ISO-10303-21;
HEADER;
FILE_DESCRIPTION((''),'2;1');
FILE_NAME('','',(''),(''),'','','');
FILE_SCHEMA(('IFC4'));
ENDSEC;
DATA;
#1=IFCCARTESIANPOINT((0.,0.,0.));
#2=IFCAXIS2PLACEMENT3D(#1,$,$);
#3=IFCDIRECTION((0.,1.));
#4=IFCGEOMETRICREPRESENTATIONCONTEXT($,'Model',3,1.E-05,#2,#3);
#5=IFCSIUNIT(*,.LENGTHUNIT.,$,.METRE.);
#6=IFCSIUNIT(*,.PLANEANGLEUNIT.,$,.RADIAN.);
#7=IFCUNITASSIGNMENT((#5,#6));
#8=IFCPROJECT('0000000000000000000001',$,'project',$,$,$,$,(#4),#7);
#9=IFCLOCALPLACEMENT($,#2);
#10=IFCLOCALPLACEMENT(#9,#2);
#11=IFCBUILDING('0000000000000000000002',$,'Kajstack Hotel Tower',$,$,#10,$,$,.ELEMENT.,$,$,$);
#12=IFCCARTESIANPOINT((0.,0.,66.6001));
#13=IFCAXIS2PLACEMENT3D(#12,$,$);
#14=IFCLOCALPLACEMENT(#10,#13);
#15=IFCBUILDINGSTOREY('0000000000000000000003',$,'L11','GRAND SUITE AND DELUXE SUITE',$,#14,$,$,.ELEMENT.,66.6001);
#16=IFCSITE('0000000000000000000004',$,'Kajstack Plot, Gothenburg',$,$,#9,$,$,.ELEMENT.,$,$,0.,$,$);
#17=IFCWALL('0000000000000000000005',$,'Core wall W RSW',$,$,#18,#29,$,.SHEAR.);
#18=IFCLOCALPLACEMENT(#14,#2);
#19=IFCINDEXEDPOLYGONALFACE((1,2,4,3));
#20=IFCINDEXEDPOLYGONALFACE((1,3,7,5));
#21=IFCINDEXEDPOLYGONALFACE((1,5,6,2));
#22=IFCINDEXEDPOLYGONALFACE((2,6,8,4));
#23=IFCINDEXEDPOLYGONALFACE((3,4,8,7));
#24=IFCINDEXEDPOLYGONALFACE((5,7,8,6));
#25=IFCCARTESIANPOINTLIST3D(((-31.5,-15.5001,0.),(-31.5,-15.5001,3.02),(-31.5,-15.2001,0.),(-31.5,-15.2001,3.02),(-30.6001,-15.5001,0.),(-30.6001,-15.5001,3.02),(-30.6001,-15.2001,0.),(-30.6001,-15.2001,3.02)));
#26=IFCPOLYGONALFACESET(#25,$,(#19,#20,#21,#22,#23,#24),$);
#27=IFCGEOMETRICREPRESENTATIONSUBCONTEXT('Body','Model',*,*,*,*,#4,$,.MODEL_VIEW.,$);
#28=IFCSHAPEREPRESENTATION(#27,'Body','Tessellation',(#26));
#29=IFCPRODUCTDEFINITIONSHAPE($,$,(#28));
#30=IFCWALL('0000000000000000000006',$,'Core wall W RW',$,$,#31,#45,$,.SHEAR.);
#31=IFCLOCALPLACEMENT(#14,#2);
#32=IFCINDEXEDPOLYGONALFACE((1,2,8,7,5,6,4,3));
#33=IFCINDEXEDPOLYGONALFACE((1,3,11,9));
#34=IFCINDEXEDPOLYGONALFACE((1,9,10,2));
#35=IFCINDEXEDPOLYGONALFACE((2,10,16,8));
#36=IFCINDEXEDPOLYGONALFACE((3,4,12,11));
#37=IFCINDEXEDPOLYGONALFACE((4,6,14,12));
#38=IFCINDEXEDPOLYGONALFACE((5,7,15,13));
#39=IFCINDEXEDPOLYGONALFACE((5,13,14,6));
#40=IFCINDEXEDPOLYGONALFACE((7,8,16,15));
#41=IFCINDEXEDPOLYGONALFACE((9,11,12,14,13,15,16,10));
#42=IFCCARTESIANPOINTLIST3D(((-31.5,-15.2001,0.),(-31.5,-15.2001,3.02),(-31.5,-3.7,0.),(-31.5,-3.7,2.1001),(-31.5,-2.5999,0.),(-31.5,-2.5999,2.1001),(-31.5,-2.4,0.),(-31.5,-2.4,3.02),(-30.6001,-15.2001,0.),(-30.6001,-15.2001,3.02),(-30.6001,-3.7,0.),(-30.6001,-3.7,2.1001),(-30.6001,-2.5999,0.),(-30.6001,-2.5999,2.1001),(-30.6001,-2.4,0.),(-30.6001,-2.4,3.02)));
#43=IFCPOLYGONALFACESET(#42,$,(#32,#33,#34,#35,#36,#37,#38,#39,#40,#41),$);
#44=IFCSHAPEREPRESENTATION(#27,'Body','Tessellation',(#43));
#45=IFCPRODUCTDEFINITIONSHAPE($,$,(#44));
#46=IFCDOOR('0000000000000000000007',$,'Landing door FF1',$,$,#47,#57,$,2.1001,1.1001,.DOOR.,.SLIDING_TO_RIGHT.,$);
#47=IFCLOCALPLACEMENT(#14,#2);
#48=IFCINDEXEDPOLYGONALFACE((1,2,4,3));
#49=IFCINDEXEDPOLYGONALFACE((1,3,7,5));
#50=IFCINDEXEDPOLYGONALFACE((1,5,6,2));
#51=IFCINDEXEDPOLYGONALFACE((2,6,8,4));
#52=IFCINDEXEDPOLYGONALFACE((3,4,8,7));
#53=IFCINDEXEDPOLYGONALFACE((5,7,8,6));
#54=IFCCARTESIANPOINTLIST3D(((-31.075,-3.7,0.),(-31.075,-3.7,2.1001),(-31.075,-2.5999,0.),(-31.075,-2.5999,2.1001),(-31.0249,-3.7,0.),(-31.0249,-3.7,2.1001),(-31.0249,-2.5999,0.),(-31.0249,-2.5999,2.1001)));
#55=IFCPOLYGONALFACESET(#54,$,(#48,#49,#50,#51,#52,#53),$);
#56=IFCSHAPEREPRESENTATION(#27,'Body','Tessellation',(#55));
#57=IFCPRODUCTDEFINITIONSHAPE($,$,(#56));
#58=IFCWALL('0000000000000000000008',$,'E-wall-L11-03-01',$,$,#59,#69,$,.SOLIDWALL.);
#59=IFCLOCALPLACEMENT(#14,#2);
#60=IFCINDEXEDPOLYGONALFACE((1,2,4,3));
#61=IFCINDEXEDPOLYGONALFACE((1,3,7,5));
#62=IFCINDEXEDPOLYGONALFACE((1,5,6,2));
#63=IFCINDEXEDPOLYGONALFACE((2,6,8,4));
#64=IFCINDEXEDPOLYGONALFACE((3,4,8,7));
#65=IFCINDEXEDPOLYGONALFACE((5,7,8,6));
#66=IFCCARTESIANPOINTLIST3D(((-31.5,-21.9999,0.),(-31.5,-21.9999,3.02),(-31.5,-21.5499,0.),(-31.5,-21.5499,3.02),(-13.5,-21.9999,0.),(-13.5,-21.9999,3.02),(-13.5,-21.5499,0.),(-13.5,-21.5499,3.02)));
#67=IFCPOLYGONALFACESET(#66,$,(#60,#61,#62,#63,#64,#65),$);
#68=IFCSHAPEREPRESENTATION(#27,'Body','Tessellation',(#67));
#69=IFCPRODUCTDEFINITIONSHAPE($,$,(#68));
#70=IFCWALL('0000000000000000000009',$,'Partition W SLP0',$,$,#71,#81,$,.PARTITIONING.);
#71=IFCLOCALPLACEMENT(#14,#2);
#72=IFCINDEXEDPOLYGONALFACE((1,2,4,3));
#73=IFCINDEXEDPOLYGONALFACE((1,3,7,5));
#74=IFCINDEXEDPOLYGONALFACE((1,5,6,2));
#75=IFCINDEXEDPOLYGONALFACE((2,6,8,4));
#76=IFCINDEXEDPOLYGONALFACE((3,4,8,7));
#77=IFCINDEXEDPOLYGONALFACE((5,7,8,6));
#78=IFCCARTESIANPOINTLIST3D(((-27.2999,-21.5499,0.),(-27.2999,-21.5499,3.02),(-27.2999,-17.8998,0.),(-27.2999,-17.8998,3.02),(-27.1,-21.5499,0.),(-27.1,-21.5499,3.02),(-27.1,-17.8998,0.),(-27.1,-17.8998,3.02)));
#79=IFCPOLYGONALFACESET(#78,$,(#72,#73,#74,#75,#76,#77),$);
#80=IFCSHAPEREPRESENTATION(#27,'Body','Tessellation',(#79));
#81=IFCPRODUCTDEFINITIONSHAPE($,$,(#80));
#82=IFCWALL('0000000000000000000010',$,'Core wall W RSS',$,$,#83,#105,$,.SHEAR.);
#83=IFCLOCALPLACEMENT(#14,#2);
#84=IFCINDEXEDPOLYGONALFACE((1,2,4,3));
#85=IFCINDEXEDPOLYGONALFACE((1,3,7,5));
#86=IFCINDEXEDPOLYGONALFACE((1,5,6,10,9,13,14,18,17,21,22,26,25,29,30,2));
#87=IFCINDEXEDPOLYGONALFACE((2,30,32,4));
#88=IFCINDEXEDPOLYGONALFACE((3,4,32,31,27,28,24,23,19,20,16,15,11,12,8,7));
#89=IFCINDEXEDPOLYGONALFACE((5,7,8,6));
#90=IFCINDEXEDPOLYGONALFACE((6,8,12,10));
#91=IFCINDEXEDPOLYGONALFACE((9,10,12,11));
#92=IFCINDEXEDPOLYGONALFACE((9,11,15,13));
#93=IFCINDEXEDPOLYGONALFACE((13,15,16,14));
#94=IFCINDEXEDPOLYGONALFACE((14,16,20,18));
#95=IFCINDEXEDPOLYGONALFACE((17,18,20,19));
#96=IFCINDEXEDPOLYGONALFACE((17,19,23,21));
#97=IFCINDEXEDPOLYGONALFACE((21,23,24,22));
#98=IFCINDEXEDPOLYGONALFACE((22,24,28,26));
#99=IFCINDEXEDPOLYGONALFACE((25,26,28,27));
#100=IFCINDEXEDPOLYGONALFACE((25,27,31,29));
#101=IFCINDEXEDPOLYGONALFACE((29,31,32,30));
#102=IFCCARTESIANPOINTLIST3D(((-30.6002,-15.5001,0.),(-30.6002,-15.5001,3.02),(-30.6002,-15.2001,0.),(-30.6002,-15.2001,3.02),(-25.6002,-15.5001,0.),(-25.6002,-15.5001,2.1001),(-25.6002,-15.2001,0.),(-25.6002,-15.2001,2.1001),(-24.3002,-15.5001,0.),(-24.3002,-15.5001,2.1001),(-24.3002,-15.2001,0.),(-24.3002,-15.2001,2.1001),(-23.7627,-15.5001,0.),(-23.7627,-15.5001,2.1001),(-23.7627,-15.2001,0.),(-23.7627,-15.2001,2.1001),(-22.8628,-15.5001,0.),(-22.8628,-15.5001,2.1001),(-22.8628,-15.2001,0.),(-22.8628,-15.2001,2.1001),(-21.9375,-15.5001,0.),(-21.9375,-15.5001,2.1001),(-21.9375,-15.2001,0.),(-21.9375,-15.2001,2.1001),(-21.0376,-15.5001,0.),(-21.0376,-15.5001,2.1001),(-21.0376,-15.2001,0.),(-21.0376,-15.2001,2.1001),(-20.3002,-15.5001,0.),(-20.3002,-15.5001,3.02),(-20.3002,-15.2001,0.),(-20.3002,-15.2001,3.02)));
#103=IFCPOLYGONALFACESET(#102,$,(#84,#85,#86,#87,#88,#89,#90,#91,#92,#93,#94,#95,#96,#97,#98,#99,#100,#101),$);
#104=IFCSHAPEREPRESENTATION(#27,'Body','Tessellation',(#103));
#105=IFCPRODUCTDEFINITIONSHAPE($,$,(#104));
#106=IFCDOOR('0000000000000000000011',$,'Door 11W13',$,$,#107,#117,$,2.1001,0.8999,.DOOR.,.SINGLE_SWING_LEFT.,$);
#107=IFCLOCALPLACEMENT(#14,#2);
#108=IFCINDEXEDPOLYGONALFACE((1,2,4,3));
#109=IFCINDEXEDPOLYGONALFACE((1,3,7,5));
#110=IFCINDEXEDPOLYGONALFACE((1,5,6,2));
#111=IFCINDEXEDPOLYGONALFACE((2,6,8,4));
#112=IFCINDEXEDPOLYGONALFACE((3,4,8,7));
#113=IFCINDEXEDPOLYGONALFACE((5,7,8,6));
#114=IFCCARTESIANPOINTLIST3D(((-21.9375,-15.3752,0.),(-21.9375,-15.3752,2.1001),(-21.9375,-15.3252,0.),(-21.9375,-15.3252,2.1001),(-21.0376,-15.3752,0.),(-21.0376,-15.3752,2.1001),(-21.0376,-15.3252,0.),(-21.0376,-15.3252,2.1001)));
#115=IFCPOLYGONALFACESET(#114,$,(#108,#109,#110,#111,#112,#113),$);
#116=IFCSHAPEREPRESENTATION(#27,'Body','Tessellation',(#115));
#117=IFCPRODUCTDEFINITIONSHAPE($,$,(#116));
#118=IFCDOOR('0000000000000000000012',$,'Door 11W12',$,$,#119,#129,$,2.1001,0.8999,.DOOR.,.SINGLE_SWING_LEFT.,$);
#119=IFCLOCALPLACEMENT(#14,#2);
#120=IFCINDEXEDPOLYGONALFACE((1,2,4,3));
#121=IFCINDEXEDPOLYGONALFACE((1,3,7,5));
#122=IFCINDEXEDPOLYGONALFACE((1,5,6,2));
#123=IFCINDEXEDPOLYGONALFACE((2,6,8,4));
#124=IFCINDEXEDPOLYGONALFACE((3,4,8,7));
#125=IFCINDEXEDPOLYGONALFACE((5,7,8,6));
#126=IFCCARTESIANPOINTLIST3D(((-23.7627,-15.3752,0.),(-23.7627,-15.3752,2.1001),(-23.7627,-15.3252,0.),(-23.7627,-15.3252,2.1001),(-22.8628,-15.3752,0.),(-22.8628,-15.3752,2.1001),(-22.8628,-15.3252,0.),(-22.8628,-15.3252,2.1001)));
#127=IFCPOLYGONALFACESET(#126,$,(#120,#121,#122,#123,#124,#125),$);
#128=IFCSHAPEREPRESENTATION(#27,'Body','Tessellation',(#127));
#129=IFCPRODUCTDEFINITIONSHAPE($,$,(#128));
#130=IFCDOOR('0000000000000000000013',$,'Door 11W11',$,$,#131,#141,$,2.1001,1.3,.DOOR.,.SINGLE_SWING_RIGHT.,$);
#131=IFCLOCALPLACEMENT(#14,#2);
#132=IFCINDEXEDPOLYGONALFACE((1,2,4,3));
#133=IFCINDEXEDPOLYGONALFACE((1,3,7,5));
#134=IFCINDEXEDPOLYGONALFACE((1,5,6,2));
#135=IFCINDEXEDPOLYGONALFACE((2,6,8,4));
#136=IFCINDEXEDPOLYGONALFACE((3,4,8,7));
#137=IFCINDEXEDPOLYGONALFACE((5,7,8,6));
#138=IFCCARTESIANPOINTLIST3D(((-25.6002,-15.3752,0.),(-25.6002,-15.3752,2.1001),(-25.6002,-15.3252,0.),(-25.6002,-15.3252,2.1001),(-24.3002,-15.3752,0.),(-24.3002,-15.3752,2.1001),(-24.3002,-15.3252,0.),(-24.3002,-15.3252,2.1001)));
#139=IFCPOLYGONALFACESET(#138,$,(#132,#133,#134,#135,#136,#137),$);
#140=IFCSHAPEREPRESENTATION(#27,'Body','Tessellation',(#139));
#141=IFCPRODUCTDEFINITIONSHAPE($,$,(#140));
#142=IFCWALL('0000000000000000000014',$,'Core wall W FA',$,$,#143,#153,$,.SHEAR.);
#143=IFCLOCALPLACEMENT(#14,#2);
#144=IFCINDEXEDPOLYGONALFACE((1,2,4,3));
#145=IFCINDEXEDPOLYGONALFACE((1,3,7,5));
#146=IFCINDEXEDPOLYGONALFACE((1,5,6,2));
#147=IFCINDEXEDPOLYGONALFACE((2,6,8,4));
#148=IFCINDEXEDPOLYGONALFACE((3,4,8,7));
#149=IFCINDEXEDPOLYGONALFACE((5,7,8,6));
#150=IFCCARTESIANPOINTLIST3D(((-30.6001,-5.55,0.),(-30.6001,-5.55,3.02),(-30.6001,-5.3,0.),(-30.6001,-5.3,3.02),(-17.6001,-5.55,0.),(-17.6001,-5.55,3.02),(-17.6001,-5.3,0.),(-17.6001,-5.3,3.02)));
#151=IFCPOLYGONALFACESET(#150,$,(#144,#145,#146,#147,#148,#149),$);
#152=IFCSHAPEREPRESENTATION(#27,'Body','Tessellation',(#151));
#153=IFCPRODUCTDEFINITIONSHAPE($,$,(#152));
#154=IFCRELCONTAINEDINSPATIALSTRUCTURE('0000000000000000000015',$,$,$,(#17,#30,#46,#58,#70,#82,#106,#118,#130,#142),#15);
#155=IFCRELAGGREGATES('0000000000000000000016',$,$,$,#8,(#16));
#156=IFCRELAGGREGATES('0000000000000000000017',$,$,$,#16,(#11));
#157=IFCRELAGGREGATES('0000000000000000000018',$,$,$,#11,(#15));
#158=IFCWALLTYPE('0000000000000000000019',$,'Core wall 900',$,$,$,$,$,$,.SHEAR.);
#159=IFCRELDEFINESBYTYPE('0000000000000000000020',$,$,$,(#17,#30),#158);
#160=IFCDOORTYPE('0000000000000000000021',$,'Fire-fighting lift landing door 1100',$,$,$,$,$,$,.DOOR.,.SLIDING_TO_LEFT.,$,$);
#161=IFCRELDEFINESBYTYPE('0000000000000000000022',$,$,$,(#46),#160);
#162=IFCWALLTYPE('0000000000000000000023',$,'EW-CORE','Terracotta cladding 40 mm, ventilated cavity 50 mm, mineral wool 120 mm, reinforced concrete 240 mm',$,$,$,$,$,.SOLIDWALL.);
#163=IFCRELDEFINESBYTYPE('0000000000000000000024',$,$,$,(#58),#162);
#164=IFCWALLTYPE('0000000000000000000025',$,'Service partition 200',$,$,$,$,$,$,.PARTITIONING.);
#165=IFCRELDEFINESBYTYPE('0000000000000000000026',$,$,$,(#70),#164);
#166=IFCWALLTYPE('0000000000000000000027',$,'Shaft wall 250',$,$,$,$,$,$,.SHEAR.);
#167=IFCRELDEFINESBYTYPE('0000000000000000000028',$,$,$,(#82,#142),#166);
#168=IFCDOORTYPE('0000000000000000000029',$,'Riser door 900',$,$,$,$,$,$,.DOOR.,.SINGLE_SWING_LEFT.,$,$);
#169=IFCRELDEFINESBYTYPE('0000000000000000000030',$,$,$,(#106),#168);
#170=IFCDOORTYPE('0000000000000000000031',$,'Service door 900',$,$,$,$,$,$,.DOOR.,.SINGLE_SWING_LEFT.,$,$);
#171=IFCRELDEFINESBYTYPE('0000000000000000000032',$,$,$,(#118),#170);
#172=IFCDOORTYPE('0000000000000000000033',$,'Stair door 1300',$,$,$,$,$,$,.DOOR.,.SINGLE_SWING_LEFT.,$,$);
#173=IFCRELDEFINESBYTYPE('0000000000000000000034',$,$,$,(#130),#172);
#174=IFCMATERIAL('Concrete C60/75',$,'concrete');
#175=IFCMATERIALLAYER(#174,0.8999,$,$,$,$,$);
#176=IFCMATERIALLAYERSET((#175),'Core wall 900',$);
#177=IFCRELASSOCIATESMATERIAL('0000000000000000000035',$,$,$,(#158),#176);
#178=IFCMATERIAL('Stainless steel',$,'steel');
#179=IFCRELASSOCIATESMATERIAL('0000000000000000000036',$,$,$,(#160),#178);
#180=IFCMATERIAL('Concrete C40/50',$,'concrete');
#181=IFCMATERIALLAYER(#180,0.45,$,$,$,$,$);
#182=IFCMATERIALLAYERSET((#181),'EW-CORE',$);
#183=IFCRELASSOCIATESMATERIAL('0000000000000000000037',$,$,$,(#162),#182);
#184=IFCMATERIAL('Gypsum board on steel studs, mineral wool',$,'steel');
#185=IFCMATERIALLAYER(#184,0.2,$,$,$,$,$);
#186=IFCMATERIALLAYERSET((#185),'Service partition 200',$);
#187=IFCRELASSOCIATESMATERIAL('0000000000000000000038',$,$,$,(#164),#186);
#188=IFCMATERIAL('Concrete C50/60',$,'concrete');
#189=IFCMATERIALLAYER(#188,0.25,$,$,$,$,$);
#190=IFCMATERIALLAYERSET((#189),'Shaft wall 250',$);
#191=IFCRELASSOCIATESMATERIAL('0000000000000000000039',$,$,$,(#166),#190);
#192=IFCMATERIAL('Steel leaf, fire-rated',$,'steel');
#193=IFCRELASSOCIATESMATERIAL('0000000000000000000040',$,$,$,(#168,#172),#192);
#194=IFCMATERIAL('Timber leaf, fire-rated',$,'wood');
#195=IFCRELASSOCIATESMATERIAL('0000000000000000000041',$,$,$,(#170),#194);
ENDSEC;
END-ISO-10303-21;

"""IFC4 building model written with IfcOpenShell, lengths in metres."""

from ifc_helpers import new_model, si_unit, direction, frame, frame_2d, origin, place, context, subcontext, project, spatial, rectangle, extrude, material, layer, layer_set, type_object, element, fill, save


model = new_model("IFC4")

# Units and contexts
model_context = context("Model", 3, precision=1e-05, world=origin(), true_north=direction((0.0, 1.0)))
body_context = subcontext(model_context, "Body", "Model", "MODEL_VIEW")
ifc_project = project(units=[si_unit("LENGTHUNIT", "METRE"), si_unit("PLANEANGLEUNIT", "RADIAN")], contexts=[model_context])

# Site, building, storey
site_placement = place(None, origin())
site = spatial("IfcSite", under=ifc_project, at=site_placement, Name="Kajstack Plot, Gothenburg", CompositionType="ELEMENT", RefElevation=0.0)
building_placement = place(site_placement, origin())
building = spatial("IfcBuilding", under=site, at=building_placement, Name="Kajstack Hotel Tower", CompositionType="ELEMENT")
storey_placement = place(building_placement, frame((0.0, 0.0, 66.6001)))
storey = spatial("IfcBuildingStorey", under=building, at=storey_placement, Name="L11", Description="GRAND SUITE AND DELUXE SUITE", CompositionType="ELEMENT", Elevation=66.6001)

# Wall
ifc_material_1 = material(Name="Concrete C60/75", Category="concrete")
ifc_layer_1 = layer(ifc_material_1, 0.8999)
ifc_layer_set_1 = layer_set([ifc_layer_1], Name="Core wall 900")
wall_type_1 = type_object("IfcWallType", Name="Core wall 900", PredefinedType="SHEAR", material=ifc_layer_set_1)
wall_1_placement = place(storey_placement, frame((-31.5, -15.3501, 0.0), z_axis=(0.0, 0.0, 1.0), x_axis=(1.0, 0.0, 0.0)))
element("IfcWall", 1, at=wall_1_placement, inside=storey, type_object=wall_type_1, Name="Core wall W RSW", PredefinedType="SHEAR", context=body_context, shape_type="SweptSolid", body=[
    extrude(rectangle(XDim=0.8999, YDim=0.3, at=frame_2d((0.45, 0.0))), origin(), (0.0, 0.0, 1.0), 3.02),
])

# Wall, opening, door
wall_2_placement = place(storey_placement, frame((-31.05, -15.2, 0.0), z_axis=(0.0, 0.0, 1.0), x_axis=(0.0, 1.0, 0.0)))
wall_2 = element("IfcWall", 2, at=wall_2_placement, inside=storey, type_object=wall_type_1, Name="Core wall W RW", PredefinedType="SHEAR", context=body_context, shape_type="SweptSolid", body=[
    extrude(rectangle(XDim=12.8, YDim=0.8999, at=frame_2d((6.3999, 0.0))), origin(), (0.0, 0.0, 1.0), 3.02),
])
opening_1_placement = place(wall_2_placement, frame((11.5, 0.0, 0.0)))
opening_1 = element("IfcOpeningElement", 3, at=opening_1_placement, cuts=wall_2, PredefinedType="OPENING", context=body_context, shape_type="SweptSolid", body=[
    extrude(rectangle(XDim=1.1001, YDim=2.1001, at=frame_2d((0.55, 1.05))), frame((0.0, 0.46, 0.0), z_axis=(0.0, -1.0, 0.0), x_axis=(1.0, 0.0, 0.0)), (0.0, 0.0, 1.0), 0.9199),
])
ifc_material_2 = material(Name="Stainless steel", Category="steel")
door_type_1 = type_object("IfcDoorType", Name="Fire-fighting lift landing door 1100", OperationType="SLIDING_TO_LEFT", PredefinedType="DOOR", material=ifc_material_2)
door_1_placement = place(opening_1_placement, origin())
door_1 = element("IfcDoor", 4, at=door_1_placement, inside=storey, type_object=door_type_1, Name="Landing door FF1", OperationType="SLIDING_TO_RIGHT", OverallHeight=2.1001, OverallWidth=1.1001, PredefinedType="DOOR", context=body_context, shape_type="SweptSolid", body=[
    extrude(rectangle(XDim=1.1001, YDim=2.1001, at=frame_2d((0.55, 1.05))), frame((0.0, 0.0249, 0.0), z_axis=(0.0, -1.0, 0.0), x_axis=(1.0, 0.0, 0.0)), (0.0, 0.0, 1.0), 0.05),
])
fill(opening_1, door_1)

# Walls
ifc_material_3 = material(Name="Concrete C40/50", Category="concrete")
ifc_layer_2 = layer(ifc_material_3, 0.45)
ifc_layer_set_2 = layer_set([ifc_layer_2], Name="EW-CORE")
wall_type_2 = type_object("IfcWallType", Name="EW-CORE", Description="Terracotta cladding 40 mm, ventilated cavity 50 mm, mineral wool 120 mm, reinforced concrete 240 mm", PredefinedType="SOLIDWALL", material=ifc_layer_set_2)
wall_3_placement = place(storey_placement, frame((-31.5, -21.7749, 0.0), z_axis=(0.0, 0.0, 1.0), x_axis=(1.0, 0.0, 0.0)))
element("IfcWall", 5, at=wall_3_placement, inside=storey, type_object=wall_type_2, Name="E-wall-L11-03-01", PredefinedType="SOLIDWALL", context=body_context, shape_type="SweptSolid", body=[
    extrude(rectangle(XDim=18.0, YDim=0.45, at=frame_2d((9.0, 0.0))), origin(), (0.0, 0.0, 1.0), 3.02),
])
ifc_material_4 = material(Name="Gypsum board on steel studs, mineral wool", Category="steel")
ifc_layer_3 = layer(ifc_material_4, 0.2)
ifc_layer_set_3 = layer_set([ifc_layer_3], Name="Service partition 200")
wall_type_3 = type_object("IfcWallType", Name="Service partition 200", PredefinedType="PARTITIONING", material=ifc_layer_set_3)
wall_4_placement = place(storey_placement, frame((-27.2, -21.55, 0.0), z_axis=(0.0, 0.0, 1.0), x_axis=(0.0, 1.0, 0.0)))
element("IfcWall", 6, at=wall_4_placement, inside=storey, type_object=wall_type_3, Name="Partition W SLP0", PredefinedType="PARTITIONING", context=body_context, shape_type="SweptSolid", body=[
    extrude(rectangle(XDim=3.6501, YDim=0.2, at=frame_2d((1.8252, 0.0))), origin(), (0.0, 0.0, 1.0), 3.02),
])

# Wall, openings, doors
ifc_material_5 = material(Name="Concrete C50/60", Category="concrete")
ifc_layer_4 = layer(ifc_material_5, 0.25)
ifc_layer_set_4 = layer_set([ifc_layer_4], Name="Shaft wall 250")
wall_type_4 = type_object("IfcWallType", Name="Shaft wall 250", PredefinedType="SHEAR", material=ifc_layer_set_4)
wall_5_placement = place(storey_placement, frame((-30.6001, -15.3501, 0.0), z_axis=(0.0, 0.0, 1.0), x_axis=(1.0, 0.0, 0.0)))
wall_5 = element("IfcWall", 7, at=wall_5_placement, inside=storey, type_object=wall_type_4, Name="Core wall W RSS", PredefinedType="SHEAR", context=body_context, shape_type="SweptSolid", body=[
    extrude(rectangle(XDim=10.3, YDim=0.3, at=frame_2d((5.1499, 0.0))), origin(), (0.0, 0.0, 1.0), 3.02),
])
opening_2_placement = place(wall_5_placement, frame((5.0, 0.0, 0.0)))
opening_2 = element("IfcOpeningElement", 8, at=opening_2_placement, cuts=wall_5, PredefinedType="OPENING", context=body_context, shape_type="SweptSolid", body=[
    extrude(rectangle(XDim=1.3, YDim=2.1001, at=frame_2d((0.6499, 1.05))), frame((0.0, 0.1599, 0.0), z_axis=(0.0, -1.0, 0.0), x_axis=(1.0, 0.0, 0.0)), (0.0, 0.0, 1.0), 0.3201),
])
opening_3_placement = place(wall_5_placement, frame((6.8374, 0.0, 0.0)))
opening_3 = element("IfcOpeningElement", 9, at=opening_3_placement, cuts=wall_5, PredefinedType="OPENING", context=body_context, shape_type="SweptSolid", body=[
    extrude(rectangle(XDim=0.8999, YDim=2.1001, at=frame_2d((0.45, 1.05))), frame((0.0, 0.1599, 0.0), z_axis=(0.0, -1.0, 0.0), x_axis=(1.0, 0.0, 0.0)), (0.0, 0.0, 1.0), 0.3201),
])
opening_4_placement = place(wall_5_placement, frame((8.6626, 0.0, 0.0)))
opening_4 = element("IfcOpeningElement", 10, at=opening_4_placement, cuts=wall_5, PredefinedType="OPENING", context=body_context, shape_type="SweptSolid", body=[
    extrude(rectangle(XDim=0.8999, YDim=2.1001, at=frame_2d((0.45, 1.05))), frame((0.0, 0.1599, 0.0), z_axis=(0.0, -1.0, 0.0), x_axis=(1.0, 0.0, 0.0)), (0.0, 0.0, 1.0), 0.3201),
])
ifc_material_6 = material(Name="Steel leaf, fire-rated", Category="steel")
door_type_2 = type_object("IfcDoorType", Name="Riser door 900", OperationType="SINGLE_SWING_LEFT", PredefinedType="DOOR", material=ifc_material_6)
door_2_placement = place(opening_4_placement, origin())
door_2 = element("IfcDoor", 11, at=door_2_placement, inside=storey, type_object=door_type_2, Name="Door 11W13", OperationType="SINGLE_SWING_LEFT", OverallHeight=2.1001, OverallWidth=0.8999, PredefinedType="DOOR", context=body_context, shape_type="SweptSolid", body=[
    extrude(rectangle(XDim=0.8999, YDim=2.1001, at=frame_2d((0.45, 1.05))), frame((0.0, 0.0249, 0.0), z_axis=(0.0, -1.0, 0.0), x_axis=(1.0, 0.0, 0.0)), (0.0, 0.0, 1.0), 0.05),
])
fill(opening_4, door_2)
ifc_material_7 = material(Name="Timber leaf, fire-rated", Category="wood")
door_type_3 = type_object("IfcDoorType", Name="Service door 900", OperationType="SINGLE_SWING_LEFT", PredefinedType="DOOR", material=ifc_material_7)
door_3_placement = place(opening_3_placement, origin())
door_3 = element("IfcDoor", 12, at=door_3_placement, inside=storey, type_object=door_type_3, Name="Door 11W12", OperationType="SINGLE_SWING_LEFT", OverallHeight=2.1001, OverallWidth=0.8999, PredefinedType="DOOR", context=body_context, shape_type="SweptSolid", body=[
    extrude(rectangle(XDim=0.8999, YDim=2.1001, at=frame_2d((0.45, 1.05))), frame((0.0, 0.0249, 0.0), z_axis=(0.0, -1.0, 0.0), x_axis=(1.0, 0.0, 0.0)), (0.0, 0.0, 1.0), 0.05),
])
fill(opening_3, door_3)
door_type_4 = type_object("IfcDoorType", Name="Stair door 1300", OperationType="SINGLE_SWING_LEFT", PredefinedType="DOOR", material=ifc_material_6)
door_4_placement = place(opening_2_placement, origin())
door_4 = element("IfcDoor", 13, at=door_4_placement, inside=storey, type_object=door_type_4, Name="Door 11W11", OperationType="SINGLE_SWING_RIGHT", OverallHeight=2.1001, OverallWidth=1.3, PredefinedType="DOOR", context=body_context, shape_type="SweptSolid", body=[
    extrude(rectangle(XDim=1.3, YDim=2.1001, at=frame_2d((0.6499, 1.05))), frame((0.0, 0.0249, 0.0), z_axis=(0.0, -1.0, 0.0), x_axis=(1.0, 0.0, 0.0)), (0.0, 0.0, 1.0), 0.05),
])
fill(opening_2, door_4)

# Wall
wall_6_placement = place(storey_placement, frame((-30.6001, -5.425, 0.0), z_axis=(0.0, 0.0, 1.0), x_axis=(1.0, 0.0, 0.0)))
element("IfcWall", 14, at=wall_6_placement, inside=storey, type_object=wall_type_4, Name="Core wall W FA", PredefinedType="SHEAR", context=body_context, shape_type="SweptSolid", body=[
    extrude(rectangle(XDim=13.0, YDim=0.25, at=frame_2d((6.5, 0.0))), origin(), (0.0, 0.0, 1.0), 3.02),
])

save(model, "model.ifc")
